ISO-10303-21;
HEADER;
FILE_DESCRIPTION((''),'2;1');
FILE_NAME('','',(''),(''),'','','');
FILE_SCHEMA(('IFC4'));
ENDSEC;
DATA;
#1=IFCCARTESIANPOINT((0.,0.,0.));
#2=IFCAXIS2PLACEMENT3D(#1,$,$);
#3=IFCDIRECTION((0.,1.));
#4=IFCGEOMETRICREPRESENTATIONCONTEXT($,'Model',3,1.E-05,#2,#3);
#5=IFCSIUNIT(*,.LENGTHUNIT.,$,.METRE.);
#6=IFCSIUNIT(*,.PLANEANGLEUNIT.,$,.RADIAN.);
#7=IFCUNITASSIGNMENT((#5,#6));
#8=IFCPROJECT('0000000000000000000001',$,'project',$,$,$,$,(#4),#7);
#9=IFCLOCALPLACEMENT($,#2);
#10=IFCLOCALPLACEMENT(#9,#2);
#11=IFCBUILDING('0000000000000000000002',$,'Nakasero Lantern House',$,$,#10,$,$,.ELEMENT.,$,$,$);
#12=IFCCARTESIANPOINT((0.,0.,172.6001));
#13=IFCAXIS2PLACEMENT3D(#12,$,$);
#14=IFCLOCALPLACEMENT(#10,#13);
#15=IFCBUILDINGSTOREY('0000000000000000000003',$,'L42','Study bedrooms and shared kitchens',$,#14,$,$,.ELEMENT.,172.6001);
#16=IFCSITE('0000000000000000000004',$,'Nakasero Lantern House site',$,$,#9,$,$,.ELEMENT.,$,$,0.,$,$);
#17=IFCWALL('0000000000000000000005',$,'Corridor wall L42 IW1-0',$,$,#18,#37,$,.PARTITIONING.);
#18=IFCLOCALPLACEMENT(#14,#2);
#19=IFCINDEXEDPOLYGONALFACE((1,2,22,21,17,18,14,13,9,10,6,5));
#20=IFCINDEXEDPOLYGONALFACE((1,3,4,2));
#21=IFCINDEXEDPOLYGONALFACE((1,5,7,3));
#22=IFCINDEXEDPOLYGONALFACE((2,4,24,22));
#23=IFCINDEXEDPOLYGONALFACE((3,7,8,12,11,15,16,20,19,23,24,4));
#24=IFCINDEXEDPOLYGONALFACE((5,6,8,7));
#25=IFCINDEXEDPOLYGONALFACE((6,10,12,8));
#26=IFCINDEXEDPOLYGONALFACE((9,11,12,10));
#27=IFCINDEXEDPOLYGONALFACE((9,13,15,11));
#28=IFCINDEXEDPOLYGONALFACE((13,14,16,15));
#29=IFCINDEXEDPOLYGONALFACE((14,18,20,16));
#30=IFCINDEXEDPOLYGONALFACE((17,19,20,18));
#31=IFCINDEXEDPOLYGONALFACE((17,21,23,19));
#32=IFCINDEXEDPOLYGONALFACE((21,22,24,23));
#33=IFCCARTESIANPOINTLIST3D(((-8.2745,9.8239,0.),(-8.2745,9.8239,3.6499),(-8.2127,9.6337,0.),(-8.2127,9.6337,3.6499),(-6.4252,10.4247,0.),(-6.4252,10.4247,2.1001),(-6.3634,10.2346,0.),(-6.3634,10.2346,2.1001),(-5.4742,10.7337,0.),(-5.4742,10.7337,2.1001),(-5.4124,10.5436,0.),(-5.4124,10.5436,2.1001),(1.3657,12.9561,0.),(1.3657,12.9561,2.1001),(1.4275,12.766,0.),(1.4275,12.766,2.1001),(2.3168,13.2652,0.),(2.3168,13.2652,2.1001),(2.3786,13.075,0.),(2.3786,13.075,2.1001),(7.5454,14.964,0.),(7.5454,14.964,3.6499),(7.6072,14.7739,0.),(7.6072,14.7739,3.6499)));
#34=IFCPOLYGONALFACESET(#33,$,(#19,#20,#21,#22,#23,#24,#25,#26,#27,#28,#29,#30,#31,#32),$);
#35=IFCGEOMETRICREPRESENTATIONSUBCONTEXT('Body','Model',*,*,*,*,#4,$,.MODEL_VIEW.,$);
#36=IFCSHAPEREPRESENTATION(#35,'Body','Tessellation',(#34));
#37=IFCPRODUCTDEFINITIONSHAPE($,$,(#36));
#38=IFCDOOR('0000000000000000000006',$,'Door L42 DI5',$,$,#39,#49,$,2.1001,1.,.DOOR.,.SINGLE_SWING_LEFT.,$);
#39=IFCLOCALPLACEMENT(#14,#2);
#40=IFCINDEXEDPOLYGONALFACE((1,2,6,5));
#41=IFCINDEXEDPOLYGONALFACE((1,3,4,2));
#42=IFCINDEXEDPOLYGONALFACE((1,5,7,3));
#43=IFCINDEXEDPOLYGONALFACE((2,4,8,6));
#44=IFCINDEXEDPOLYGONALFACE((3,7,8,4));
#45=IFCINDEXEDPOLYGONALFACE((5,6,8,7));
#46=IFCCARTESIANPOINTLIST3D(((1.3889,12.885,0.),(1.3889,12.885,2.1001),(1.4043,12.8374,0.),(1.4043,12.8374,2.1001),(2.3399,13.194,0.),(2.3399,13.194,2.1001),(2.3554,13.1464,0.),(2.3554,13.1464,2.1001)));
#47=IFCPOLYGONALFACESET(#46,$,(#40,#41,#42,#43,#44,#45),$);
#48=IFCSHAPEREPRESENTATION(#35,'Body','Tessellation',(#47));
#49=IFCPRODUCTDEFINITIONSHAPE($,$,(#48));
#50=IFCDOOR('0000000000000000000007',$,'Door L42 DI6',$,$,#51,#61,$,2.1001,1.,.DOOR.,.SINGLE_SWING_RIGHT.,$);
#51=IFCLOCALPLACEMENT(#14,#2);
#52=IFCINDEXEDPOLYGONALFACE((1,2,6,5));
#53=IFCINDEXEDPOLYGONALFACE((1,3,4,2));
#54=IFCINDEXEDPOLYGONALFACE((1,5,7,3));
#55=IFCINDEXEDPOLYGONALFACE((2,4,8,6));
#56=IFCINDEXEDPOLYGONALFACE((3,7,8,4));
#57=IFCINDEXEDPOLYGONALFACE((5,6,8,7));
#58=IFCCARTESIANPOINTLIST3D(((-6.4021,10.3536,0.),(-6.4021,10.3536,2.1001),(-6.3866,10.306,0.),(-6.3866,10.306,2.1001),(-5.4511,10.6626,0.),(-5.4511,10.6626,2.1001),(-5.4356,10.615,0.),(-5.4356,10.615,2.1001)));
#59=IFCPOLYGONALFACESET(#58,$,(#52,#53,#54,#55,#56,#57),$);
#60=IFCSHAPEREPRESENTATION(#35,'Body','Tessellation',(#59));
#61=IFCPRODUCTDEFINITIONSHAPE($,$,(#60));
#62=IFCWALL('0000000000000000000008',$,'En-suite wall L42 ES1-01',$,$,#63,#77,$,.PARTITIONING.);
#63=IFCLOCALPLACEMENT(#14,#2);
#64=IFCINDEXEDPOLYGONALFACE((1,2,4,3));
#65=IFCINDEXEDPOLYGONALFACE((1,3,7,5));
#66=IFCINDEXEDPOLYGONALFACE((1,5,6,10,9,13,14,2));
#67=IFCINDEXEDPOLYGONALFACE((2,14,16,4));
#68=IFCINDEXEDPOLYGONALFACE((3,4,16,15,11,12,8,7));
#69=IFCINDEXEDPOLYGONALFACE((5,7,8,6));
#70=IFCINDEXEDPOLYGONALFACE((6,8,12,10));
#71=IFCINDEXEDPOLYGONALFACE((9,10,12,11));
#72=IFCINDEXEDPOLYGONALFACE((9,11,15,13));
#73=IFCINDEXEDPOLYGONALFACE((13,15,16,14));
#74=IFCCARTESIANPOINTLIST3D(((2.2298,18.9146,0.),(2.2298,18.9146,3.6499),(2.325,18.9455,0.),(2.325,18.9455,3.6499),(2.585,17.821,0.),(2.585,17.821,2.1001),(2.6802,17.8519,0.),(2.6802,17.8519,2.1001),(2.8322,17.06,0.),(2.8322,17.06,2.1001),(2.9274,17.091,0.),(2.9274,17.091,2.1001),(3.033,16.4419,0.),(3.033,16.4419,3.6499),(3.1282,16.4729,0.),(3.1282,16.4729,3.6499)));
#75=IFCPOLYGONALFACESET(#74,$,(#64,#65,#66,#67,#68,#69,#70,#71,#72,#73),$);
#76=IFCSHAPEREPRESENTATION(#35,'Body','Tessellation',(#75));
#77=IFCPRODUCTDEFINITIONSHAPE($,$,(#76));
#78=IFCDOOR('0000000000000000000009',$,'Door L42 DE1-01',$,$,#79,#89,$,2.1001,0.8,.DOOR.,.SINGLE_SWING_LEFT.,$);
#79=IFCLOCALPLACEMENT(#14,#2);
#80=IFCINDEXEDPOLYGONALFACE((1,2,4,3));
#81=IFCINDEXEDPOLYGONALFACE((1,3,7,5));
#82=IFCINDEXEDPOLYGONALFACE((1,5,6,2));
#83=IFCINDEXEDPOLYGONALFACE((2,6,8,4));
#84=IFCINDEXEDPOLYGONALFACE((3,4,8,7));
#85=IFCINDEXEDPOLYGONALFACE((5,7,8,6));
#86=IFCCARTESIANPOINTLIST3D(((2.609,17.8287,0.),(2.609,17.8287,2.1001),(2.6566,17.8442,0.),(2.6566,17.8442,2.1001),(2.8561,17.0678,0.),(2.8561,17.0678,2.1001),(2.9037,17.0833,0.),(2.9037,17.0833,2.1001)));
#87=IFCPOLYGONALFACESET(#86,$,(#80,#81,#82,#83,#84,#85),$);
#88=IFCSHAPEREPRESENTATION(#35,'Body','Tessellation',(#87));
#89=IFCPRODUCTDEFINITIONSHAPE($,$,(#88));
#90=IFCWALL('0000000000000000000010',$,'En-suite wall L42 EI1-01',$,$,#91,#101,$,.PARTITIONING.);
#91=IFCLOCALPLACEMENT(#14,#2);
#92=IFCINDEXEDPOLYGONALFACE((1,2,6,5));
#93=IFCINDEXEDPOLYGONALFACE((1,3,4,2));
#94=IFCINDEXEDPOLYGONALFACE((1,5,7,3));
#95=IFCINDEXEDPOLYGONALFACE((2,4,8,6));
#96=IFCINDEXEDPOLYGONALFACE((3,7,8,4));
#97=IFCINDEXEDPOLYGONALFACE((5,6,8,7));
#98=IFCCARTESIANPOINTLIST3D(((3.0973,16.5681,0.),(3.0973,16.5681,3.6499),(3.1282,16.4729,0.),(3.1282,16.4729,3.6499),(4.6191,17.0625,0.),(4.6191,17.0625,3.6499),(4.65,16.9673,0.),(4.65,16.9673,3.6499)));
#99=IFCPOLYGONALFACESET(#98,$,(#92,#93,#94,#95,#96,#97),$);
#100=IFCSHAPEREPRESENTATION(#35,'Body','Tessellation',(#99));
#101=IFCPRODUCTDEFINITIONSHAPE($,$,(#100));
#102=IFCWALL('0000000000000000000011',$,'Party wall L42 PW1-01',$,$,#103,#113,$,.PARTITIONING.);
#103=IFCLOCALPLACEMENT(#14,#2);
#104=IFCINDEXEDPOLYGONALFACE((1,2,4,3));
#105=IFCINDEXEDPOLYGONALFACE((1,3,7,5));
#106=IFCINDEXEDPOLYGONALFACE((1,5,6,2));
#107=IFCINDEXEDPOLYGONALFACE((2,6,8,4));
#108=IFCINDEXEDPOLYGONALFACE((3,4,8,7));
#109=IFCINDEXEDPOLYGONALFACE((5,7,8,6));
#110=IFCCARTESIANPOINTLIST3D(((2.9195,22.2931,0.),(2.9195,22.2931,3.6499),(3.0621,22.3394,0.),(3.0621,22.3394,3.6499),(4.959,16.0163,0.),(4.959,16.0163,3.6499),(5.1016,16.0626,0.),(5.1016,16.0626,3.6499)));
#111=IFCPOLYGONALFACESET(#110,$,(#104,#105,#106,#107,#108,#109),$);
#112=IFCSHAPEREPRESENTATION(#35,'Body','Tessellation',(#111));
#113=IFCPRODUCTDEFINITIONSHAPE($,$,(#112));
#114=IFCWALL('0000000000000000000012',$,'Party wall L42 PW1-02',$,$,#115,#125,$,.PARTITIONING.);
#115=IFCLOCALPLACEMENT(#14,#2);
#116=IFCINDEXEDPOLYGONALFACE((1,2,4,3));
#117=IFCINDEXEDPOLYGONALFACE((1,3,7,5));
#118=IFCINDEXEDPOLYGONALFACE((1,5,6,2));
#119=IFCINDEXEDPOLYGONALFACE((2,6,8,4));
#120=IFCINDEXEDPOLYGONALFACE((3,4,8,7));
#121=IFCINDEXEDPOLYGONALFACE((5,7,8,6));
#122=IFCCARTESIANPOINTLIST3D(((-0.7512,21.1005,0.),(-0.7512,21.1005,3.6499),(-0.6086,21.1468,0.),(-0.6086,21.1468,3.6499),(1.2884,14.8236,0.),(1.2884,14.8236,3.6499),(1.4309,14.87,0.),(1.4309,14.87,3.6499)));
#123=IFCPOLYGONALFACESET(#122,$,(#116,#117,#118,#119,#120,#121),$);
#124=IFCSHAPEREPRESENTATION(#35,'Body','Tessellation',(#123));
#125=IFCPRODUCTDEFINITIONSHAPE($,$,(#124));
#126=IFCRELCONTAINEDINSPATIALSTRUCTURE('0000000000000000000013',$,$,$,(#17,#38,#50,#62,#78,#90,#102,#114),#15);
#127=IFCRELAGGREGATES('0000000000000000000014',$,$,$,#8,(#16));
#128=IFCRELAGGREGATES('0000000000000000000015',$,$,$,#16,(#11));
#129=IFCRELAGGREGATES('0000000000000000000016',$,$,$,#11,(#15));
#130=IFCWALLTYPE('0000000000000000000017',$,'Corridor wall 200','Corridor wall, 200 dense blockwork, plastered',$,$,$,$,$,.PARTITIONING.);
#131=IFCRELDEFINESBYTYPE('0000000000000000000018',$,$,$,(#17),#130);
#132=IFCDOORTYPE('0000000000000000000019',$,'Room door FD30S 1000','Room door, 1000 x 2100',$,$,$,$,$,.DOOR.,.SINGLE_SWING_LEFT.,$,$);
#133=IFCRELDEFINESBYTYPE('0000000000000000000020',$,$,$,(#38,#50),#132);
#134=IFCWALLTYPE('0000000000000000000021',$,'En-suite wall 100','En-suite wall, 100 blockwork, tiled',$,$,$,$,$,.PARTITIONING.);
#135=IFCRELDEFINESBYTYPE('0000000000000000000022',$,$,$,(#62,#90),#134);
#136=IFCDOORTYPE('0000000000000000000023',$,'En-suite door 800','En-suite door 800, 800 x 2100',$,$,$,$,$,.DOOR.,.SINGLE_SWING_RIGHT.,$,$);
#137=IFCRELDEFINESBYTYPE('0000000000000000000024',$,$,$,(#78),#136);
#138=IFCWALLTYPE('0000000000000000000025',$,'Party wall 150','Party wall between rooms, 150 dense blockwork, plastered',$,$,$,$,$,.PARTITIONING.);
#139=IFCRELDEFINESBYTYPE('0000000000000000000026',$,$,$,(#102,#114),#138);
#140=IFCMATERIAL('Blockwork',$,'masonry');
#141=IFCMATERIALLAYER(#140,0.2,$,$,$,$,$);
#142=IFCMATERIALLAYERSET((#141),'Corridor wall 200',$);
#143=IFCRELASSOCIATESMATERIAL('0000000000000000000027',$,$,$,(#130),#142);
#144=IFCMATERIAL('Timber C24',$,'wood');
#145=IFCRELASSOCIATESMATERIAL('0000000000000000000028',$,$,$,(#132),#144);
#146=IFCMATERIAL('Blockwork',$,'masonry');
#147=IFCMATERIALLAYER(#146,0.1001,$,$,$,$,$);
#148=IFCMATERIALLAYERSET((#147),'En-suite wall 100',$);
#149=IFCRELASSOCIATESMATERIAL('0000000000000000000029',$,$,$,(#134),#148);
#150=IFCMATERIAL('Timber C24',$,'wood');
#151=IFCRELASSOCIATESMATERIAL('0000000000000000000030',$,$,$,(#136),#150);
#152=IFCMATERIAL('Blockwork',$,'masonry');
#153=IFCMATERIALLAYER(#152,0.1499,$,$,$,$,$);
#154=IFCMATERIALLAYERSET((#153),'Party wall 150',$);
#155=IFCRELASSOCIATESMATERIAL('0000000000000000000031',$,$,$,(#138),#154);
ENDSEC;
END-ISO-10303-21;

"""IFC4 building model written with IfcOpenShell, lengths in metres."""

from ifc_helpers import new_model, si_unit, direction, frame, frame_2d, origin, place, context, subcontext, project, spatial, rectangle, extrude, material, layer, layer_set, type_object, element, fill, save


model = new_model("IFC4")

# Units and contexts
model_context = context("Model", 3, precision=1e-05, world=origin(), true_north=direction((0.0, 1.0)))
body_context = subcontext(model_context, "Body", "Model", "MODEL_VIEW")
ifc_project = project(units=[si_unit("LENGTHUNIT", "METRE"), si_unit("PLANEANGLEUNIT", "RADIAN")], contexts=[model_context])

# Site, building, storey
site_placement = place(None, origin())
site = spatial("IfcSite", under=ifc_project, at=site_placement, Name="Nakasero Lantern House site", CompositionType="ELEMENT", RefElevation=0.0)
building_placement = place(site_placement, origin())
building = spatial("IfcBuilding", under=site, at=building_placement, Name="Nakasero Lantern House", CompositionType="ELEMENT")
storey_placement = place(building_placement, frame((0.0, 0.0, 172.6001)))
storey = spatial("IfcBuildingStorey", under=building, at=storey_placement, Name="L42", Description="Study bedrooms and shared kitchens", CompositionType="ELEMENT", Elevation=172.6001)

# Wall, openings, doors
ifc_material_1 = material(Name="Blockwork", Category="masonry")
ifc_layer_1 = layer(ifc_material_1, 0.2)
ifc_layer_set_1 = layer_set([ifc_layer_1], Name="Corridor wall 200")
wall_type_1 = type_object("IfcWallType", Name="Corridor wall 200", Description="Corridor wall, 200 dense blockwork, plastered", PredefinedType="PARTITIONING", material=ifc_layer_set_1)
wall_1_placement = place(storey_placement, frame((7.5762, 14.8689, 0.0), z_axis=(0.0, 0.0, 1.0), x_axis=(-0.951057, -0.309015, 0.0)))
wall_1 = element("IfcWall", 1, at=wall_1_placement, inside=storey, type_object=wall_type_1, Name="Corridor wall L42 IW1-0", PredefinedType="PARTITIONING", context=body_context, shape_type="SweptSolid", body=[
    extrude(rectangle(XDim=16.634, YDim=0.2, at=frame_2d((8.3169, 0.0))), origin(), (0.0, 0.0, 1.0), 3.6499),
])
opening_1_placement = place(wall_1_placement, frame((5.4976, 0.0, 0.0)))
opening_1 = element("IfcOpeningElement", 2, at=opening_1_placement, cuts=wall_1, PredefinedType="OPENING", context=body_context, shape_type="SweptSolid", body=[
    extrude(rectangle(XDim=1.0, YDim=2.1001, at=frame_2d((0.5, 1.05))), frame((0.0, 0.1199, 0.0), z_axis=(0.0, -1.0, 0.0), x_axis=(1.0, 0.0, 0.0)), (0.0, 0.0, 1.0), 0.24),
])
opening_2_placement = place(wall_1_placement, frame((13.6895, 0.0, 0.0)))
opening_2 = element("IfcOpeningElement", 3, at=opening_2_placement, cuts=wall_1, PredefinedType="OPENING", context=body_context, shape_type="SweptSolid", body=[
    extrude(rectangle(XDim=1.0, YDim=2.1001, at=frame_2d((0.5, 1.05))), frame((0.0, 0.1199, 0.0), z_axis=(0.0, -1.0, 0.0), x_axis=(1.0, 0.0, 0.0)), (0.0, 0.0, 1.0), 0.24),
])
ifc_material_2 = material(Name="Timber C24", Category="wood")
door_type_1 = type_object("IfcDoorType", Name="Room door FD30S 1000", Description="Room door, 1000 x 2100", OperationType="SINGLE_SWING_LEFT", PredefinedType="DOOR", material=ifc_material_2)
door_1_placement = place(opening_1_placement, origin())
door_1 = element("IfcDoor", 4, at=door_1_placement, inside=storey, type_object=door_type_1, Name="Door L42 DI5", OperationType="SINGLE_SWING_LEFT", OverallHeight=2.1001, OverallWidth=1.0, PredefinedType="DOOR", context=body_context, shape_type="SweptSolid", body=[
    extrude(rectangle(XDim=1.0, YDim=2.1001, at=frame_2d((0.5, 1.05))), frame((0.0, 0.0249, 0.0), z_axis=(0.0, -1.0, 0.0), x_axis=(1.0, 0.0, 0.0)), (0.0, 0.0, 1.0), 0.05),
])
fill(opening_1, door_1)
door_2_placement = place(opening_2_placement, origin())
door_2 = element("IfcDoor", 5, at=door_2_placement, inside=storey, type_object=door_type_1, Name="Door L42 DI6", OperationType="SINGLE_SWING_RIGHT", OverallHeight=2.1001, OverallWidth=1.0, PredefinedType="DOOR", context=body_context, shape_type="SweptSolid", body=[
    extrude(rectangle(XDim=1.0, YDim=2.1001, at=frame_2d((0.5, 1.05))), frame((0.0, 0.0249, 0.0), z_axis=(0.0, -1.0, 0.0), x_axis=(1.0, 0.0, 0.0)), (0.0, 0.0, 1.0), 0.05),
])
fill(opening_2, door_2)

# Wall, opening, door
ifc_material_3 = material(Name="Blockwork", Category="masonry")
ifc_layer_2 = layer(ifc_material_3, 0.1001)
ifc_layer_set_2 = layer_set([ifc_layer_2], Name="En-suite wall 100")
wall_type_2 = type_object("IfcWallType", Name="En-suite wall 100", Description="En-suite wall, 100 blockwork, tiled", PredefinedType="PARTITIONING", material=ifc_layer_set_2)
wall_2_placement = place(storey_placement, frame((3.0806, 16.4575, 0.0), z_axis=(0.0, 0.0, 1.0), x_axis=(-0.30895, 0.951078, 0.0)))
wall_2 = element("IfcWall", 6, at=wall_2_placement, inside=storey, type_object=wall_type_2, Name="En-suite wall L42 ES1-01", PredefinedType="PARTITIONING", context=body_context, shape_type="SweptSolid", body=[
    extrude(rectangle(XDim=2.5999, YDim=0.1001, at=frame_2d((1.2998, 0.0))), origin(), (0.0, 0.0, 1.0), 3.6499),
])
opening_3_placement = place(wall_2_placement, frame((0.6499, 0.0, 0.0)))
opening_3 = element("IfcOpeningElement", 7, at=opening_3_placement, cuts=wall_2, PredefinedType="OPENING", context=body_context, shape_type="SweptSolid", body=[
    extrude(rectangle(XDim=0.8, YDim=2.1001, at=frame_2d((0.3999, 1.05))), frame((0.0, 0.0701, 0.0), z_axis=(0.0, -1.0, 0.0), x_axis=(1.0, 0.0, 0.0)), (0.0, 0.0, 1.0), 0.1401),
])
ifc_material_4 = material(Name="Timber C24", Category="wood")
door_type_2 = type_object("IfcDoorType", Name="En-suite door 800", Description="En-suite door 800, 800 x 2100", OperationType="SINGLE_SWING_RIGHT", PredefinedType="DOOR", material=ifc_material_4)
door_3_placement = place(opening_3_placement, origin())
door_3 = element("IfcDoor", 8, at=door_3_placement, inside=storey, type_object=door_type_2, Name="Door L42 DE1-01", OperationType="SINGLE_SWING_LEFT", OverallHeight=2.1001, OverallWidth=0.8, PredefinedType="DOOR", context=body_context, shape_type="SweptSolid", body=[
    extrude(rectangle(XDim=0.8, YDim=2.1001, at=frame_2d((0.3999, 1.05))), frame((0.0, 0.0249, 0.0), z_axis=(0.0, -1.0, 0.0), x_axis=(1.0, 0.0, 0.0)), (0.0, 0.0, 1.0), 0.05),
])
fill(opening_3, door_3)

# Walls
wall_3_placement = place(storey_placement, frame((4.6345, 17.0149, 0.0), z_axis=(0.0, 0.0, 1.0), x_axis=(-0.951067, -0.308986, 0.0)))
element("IfcWall", 9, at=wall_3_placement, inside=storey, type_object=wall_type_2, Name="En-suite wall L42 EI1-01", PredefinedType="PARTITIONING", context=body_context, shape_type="SweptSolid", body=[
    extrude(rectangle(XDim=1.6001, YDim=0.1001, at=frame_2d((0.8, 0.0))), origin(), (0.0, 0.0, 1.0), 3.6499),
])
ifc_material_5 = material(Name="Blockwork", Category="masonry")
ifc_layer_3 = layer(ifc_material_5, 0.1499)
ifc_layer_set_3 = layer_set([ifc_layer_3], Name="Party wall 150")
wall_type_3 = type_object("IfcWallType", Name="Party wall 150", Description="Party wall between rooms, 150 dense blockwork, plastered", PredefinedType="PARTITIONING", material=ifc_layer_set_3)
for number, where, z_axis, x_axis, name in (
    (10, (5.0303, 16.0396, 0.0), (0.0, 0.0, 1.0), (-0.309028, 0.951053, 0.0), "Party wall L42 PW1-01"),
    (11, (1.3596, 14.8469, 0.0), (0.0, 0.0, 1.0), (-0.309028, 0.951053, 0.0), "Party wall L42 PW1-02"),
):
    element("IfcWall", number, at=place(storey_placement, frame(where, z_axis=z_axis, x_axis=x_axis)), inside=storey, type_object=wall_type_3, Name=name, PredefinedType="PARTITIONING", context=body_context, shape_type="SweptSolid", body=[
        extrude(rectangle(XDim=6.5999, YDim=0.1499, at=frame_2d((3.2998, 0.0))), origin(), (0.0, 0.0, 1.0), 3.6499),
    ])

save(model, "model.ifc")
